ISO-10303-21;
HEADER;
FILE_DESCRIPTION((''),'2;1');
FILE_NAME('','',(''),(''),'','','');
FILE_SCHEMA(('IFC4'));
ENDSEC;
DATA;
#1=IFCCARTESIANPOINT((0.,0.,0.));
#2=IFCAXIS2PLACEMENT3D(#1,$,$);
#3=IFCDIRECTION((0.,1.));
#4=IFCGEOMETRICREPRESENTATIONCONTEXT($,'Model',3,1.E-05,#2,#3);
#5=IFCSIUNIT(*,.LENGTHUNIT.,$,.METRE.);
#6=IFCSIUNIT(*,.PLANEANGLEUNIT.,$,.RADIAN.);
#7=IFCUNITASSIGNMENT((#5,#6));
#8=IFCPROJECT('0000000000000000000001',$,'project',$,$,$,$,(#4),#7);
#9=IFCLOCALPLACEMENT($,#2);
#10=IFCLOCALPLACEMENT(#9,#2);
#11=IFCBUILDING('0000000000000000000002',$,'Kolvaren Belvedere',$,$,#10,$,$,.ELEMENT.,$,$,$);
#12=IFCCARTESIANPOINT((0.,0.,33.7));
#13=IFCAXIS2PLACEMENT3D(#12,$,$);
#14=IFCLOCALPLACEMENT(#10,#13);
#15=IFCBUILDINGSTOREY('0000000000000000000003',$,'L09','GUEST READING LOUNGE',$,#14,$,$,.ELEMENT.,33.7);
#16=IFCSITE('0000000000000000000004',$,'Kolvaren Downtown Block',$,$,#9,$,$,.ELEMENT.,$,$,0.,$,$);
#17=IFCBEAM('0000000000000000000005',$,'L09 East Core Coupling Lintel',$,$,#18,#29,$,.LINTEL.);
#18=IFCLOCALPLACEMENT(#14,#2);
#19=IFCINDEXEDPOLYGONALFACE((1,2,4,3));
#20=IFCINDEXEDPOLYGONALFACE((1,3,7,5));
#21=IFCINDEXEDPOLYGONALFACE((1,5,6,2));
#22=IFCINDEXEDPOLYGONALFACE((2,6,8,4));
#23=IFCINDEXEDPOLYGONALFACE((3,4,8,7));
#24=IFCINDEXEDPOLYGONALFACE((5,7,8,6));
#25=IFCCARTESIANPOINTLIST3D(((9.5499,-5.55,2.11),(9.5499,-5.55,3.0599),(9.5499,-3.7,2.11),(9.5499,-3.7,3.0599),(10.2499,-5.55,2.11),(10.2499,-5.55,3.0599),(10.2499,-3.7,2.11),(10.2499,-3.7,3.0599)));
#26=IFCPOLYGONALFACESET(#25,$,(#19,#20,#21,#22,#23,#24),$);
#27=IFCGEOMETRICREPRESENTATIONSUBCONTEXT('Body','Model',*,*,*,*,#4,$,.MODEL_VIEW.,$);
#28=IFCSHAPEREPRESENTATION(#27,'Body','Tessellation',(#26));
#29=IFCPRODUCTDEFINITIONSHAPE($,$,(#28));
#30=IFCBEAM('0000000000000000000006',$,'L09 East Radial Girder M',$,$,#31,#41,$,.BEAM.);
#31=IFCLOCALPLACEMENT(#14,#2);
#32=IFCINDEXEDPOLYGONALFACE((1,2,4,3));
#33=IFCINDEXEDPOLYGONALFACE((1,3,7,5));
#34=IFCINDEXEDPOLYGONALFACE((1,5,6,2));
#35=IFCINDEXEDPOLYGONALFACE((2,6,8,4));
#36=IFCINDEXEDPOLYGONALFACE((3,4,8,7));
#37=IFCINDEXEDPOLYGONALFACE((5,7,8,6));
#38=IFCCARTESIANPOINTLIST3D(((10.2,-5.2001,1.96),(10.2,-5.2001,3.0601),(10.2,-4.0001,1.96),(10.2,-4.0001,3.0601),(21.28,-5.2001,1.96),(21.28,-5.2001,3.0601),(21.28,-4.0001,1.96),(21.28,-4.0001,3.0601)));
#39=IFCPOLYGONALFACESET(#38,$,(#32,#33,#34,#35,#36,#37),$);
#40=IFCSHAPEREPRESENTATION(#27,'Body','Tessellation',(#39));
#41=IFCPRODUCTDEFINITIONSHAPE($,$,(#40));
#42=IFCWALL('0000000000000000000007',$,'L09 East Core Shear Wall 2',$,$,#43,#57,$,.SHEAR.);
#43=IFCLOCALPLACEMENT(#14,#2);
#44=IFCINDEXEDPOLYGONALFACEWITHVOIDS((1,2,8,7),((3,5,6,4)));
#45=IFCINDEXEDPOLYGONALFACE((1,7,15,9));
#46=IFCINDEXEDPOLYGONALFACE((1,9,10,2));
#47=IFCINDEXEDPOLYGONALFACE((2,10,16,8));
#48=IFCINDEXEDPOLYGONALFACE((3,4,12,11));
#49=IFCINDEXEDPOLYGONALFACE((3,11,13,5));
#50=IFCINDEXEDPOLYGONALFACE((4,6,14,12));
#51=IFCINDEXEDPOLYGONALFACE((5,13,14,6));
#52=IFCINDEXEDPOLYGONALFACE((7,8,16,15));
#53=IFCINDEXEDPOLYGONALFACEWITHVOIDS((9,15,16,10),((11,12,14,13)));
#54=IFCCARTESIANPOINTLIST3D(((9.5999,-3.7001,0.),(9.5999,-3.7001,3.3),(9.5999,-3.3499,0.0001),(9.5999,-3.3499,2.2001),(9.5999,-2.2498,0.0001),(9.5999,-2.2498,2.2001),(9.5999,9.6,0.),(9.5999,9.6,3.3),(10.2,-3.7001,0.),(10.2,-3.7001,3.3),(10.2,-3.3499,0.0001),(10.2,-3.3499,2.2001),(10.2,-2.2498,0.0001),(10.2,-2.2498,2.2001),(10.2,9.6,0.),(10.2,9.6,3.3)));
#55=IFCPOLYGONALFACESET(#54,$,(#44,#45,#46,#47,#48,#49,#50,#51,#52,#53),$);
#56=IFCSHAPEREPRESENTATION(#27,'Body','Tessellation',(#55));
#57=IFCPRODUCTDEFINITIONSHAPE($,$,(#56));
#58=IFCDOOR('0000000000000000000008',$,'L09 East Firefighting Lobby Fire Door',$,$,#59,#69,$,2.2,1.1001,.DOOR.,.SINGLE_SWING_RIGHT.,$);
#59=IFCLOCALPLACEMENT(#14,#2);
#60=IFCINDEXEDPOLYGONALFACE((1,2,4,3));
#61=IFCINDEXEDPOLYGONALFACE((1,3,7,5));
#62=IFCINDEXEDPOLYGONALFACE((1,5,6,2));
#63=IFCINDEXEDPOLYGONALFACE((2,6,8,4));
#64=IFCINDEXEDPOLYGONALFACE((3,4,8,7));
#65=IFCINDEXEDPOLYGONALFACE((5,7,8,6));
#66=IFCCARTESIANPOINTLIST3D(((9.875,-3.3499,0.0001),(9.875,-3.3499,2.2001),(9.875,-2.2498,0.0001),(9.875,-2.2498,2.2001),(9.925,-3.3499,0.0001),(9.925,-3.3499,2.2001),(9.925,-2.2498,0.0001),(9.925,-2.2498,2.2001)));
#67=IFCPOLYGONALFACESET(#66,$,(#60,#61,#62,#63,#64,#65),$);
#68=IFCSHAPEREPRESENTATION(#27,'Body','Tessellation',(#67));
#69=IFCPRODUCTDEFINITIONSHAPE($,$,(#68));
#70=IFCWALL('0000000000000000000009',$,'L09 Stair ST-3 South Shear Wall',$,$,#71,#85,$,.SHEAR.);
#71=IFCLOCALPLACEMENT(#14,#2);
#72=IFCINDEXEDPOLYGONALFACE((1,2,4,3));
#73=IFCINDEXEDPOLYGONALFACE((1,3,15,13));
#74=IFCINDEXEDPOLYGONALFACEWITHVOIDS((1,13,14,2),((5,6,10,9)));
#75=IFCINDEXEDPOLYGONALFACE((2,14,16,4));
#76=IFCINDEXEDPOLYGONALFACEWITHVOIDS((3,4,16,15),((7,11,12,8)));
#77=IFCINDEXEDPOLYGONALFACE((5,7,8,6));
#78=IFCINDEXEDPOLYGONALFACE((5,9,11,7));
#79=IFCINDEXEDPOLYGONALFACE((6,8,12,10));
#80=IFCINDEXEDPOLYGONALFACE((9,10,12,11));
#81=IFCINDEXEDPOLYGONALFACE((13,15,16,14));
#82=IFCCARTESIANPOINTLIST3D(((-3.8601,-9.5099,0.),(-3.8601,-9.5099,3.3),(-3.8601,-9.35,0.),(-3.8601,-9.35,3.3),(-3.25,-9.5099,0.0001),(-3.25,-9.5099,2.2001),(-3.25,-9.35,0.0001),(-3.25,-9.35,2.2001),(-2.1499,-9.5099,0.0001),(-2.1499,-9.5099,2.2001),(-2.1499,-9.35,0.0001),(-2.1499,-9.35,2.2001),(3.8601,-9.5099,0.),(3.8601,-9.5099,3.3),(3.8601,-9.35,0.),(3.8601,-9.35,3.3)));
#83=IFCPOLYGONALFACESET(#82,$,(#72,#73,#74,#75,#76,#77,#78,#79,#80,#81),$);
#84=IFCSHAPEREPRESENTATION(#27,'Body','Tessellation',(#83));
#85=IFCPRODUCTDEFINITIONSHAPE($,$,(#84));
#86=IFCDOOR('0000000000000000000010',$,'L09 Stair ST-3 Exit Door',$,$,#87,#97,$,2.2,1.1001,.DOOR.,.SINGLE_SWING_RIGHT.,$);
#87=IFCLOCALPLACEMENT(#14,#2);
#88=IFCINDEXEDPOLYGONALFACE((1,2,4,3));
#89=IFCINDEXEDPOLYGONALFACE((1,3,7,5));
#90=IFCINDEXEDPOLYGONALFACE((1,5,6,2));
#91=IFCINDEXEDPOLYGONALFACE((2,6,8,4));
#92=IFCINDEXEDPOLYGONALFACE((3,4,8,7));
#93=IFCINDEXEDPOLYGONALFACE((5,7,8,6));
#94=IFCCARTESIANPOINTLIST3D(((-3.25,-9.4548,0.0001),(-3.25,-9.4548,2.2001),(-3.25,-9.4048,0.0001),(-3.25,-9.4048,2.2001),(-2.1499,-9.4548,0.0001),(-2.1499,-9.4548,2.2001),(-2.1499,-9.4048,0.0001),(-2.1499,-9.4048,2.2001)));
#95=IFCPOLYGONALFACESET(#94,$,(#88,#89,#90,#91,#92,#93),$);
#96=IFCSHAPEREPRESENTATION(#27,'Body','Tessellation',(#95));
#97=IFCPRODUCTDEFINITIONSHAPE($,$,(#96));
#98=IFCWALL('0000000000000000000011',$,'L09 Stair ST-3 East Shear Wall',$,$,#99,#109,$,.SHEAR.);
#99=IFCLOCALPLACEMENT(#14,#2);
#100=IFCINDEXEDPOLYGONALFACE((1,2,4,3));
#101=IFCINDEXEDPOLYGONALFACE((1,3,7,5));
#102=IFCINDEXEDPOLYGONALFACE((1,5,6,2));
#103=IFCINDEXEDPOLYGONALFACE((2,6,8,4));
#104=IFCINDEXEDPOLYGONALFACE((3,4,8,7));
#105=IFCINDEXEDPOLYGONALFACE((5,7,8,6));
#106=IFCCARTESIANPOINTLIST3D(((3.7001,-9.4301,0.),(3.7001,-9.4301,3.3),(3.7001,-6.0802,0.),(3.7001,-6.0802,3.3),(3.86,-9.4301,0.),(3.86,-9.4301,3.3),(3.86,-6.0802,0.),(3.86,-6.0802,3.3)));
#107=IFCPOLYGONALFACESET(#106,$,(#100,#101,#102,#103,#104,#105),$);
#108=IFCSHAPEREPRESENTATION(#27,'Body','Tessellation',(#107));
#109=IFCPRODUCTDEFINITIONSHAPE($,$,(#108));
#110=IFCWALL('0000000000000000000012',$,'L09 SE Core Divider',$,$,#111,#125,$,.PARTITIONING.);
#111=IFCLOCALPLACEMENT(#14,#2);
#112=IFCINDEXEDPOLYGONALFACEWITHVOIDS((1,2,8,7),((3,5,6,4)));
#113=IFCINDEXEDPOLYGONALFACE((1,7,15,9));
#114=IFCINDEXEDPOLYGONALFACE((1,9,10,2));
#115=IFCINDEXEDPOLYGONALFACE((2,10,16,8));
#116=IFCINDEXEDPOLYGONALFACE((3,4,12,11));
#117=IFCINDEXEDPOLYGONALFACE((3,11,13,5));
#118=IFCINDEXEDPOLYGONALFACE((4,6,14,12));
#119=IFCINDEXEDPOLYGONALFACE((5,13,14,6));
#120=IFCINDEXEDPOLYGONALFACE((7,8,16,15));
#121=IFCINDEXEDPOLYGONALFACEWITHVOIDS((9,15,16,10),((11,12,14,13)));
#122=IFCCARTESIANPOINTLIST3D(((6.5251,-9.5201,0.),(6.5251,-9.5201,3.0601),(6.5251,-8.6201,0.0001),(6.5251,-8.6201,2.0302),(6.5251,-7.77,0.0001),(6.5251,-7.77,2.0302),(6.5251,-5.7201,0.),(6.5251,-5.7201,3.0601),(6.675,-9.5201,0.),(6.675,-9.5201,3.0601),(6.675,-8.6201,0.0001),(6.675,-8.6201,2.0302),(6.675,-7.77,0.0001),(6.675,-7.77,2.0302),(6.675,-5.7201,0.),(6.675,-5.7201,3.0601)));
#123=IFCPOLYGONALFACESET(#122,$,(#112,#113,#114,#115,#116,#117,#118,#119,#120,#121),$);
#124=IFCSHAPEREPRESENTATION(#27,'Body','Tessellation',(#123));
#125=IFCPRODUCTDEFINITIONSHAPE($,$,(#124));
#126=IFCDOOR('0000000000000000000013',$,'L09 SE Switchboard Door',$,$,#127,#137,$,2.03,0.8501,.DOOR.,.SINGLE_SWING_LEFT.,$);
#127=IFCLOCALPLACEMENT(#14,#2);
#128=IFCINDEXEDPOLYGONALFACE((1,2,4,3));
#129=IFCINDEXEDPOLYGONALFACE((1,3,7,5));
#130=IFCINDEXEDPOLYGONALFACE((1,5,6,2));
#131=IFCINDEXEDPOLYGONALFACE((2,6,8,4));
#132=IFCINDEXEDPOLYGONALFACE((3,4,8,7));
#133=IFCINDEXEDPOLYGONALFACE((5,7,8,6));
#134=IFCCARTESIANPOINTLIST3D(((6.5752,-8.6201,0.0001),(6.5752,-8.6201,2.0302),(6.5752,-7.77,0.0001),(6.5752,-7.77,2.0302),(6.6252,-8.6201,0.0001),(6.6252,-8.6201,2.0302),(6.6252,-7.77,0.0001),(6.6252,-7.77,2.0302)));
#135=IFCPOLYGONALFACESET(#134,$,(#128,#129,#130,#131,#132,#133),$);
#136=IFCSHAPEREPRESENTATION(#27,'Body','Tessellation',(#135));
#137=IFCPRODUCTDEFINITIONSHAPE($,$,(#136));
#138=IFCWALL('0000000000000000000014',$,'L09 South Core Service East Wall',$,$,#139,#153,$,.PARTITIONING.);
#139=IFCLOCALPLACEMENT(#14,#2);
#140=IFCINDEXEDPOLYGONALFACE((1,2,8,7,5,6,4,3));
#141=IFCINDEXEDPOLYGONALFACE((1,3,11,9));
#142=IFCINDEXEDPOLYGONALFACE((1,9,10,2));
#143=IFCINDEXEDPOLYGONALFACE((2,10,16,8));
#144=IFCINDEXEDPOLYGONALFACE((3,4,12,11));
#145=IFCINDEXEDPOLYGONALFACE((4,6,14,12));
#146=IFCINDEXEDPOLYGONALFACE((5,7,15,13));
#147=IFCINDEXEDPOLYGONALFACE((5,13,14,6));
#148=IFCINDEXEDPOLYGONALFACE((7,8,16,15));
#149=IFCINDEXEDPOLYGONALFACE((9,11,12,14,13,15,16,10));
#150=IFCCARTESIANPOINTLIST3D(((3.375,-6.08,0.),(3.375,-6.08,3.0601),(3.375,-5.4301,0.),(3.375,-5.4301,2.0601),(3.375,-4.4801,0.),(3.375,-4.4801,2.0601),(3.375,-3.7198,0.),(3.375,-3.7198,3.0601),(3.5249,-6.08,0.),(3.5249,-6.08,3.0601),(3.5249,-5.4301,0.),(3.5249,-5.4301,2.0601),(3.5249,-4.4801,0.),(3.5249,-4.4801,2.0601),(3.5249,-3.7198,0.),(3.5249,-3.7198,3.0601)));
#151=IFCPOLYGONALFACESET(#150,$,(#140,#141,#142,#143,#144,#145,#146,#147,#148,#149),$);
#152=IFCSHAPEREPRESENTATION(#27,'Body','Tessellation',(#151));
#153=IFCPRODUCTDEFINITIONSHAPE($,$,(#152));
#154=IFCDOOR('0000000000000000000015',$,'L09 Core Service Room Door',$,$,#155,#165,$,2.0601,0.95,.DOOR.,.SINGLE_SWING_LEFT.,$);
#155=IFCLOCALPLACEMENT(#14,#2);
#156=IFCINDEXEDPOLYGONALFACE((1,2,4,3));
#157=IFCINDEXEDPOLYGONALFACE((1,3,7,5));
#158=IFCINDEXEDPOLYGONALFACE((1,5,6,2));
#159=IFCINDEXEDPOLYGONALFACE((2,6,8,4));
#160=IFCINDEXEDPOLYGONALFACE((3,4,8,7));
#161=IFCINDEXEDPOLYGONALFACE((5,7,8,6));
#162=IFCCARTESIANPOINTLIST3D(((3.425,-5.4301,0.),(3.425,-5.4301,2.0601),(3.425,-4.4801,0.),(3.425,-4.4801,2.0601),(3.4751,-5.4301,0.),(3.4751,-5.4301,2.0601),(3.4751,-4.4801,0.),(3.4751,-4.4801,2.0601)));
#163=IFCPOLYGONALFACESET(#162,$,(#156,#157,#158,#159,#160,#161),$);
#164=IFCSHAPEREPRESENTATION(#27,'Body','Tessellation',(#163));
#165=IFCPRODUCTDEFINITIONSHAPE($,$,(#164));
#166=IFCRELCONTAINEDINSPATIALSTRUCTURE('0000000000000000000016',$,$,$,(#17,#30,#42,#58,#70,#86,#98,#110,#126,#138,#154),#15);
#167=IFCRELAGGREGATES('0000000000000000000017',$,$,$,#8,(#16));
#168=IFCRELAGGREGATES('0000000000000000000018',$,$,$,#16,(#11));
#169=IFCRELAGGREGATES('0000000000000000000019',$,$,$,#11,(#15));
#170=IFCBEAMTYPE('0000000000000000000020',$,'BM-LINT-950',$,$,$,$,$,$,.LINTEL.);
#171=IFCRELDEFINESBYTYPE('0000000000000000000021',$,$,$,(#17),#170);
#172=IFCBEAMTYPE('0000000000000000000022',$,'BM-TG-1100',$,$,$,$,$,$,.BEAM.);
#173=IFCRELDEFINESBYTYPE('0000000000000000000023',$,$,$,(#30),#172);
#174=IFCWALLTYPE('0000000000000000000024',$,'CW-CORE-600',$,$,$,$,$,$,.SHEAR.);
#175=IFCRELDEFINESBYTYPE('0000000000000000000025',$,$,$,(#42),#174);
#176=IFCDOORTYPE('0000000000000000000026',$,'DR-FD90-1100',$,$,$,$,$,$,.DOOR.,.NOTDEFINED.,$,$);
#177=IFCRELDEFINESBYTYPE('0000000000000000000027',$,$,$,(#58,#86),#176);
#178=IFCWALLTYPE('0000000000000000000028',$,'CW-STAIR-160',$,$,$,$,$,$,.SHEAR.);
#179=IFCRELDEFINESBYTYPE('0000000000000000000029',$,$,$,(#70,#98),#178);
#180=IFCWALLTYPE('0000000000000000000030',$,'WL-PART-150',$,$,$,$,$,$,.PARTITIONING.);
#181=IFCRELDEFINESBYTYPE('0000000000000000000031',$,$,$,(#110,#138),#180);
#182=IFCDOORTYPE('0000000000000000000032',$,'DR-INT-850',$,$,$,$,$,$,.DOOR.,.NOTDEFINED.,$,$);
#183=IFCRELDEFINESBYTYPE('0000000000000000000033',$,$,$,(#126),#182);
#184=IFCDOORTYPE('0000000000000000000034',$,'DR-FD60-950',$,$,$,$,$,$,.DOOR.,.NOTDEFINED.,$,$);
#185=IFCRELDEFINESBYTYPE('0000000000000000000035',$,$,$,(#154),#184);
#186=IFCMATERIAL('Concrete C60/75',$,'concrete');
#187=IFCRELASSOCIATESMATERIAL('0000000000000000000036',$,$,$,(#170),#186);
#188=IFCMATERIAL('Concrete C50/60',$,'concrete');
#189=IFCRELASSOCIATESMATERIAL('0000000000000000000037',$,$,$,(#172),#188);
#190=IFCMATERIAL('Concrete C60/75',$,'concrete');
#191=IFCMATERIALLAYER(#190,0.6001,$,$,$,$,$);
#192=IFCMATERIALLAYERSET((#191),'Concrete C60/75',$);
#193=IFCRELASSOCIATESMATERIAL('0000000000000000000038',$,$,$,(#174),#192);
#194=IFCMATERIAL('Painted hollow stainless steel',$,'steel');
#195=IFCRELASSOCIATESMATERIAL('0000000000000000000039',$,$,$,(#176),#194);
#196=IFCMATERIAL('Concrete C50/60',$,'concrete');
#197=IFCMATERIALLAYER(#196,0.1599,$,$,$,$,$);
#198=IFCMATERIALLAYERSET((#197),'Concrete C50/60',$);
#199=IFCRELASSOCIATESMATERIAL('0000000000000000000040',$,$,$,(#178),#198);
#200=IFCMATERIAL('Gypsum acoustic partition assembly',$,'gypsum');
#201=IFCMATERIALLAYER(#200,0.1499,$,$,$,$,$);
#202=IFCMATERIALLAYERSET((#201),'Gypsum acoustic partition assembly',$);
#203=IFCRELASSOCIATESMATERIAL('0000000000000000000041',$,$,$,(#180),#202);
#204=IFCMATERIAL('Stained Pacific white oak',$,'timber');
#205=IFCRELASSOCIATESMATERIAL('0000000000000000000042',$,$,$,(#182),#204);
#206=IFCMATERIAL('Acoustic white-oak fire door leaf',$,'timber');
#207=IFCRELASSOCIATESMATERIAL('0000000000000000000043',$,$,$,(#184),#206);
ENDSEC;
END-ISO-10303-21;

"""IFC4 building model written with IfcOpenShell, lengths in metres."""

from ifc_helpers import new_model, si_unit, direction, frame, frame_2d, origin, origin_2d, place, context, subcontext, project, spatial, rectangle, extrude, material, layer, layer_set, material_profile, profile_set, type_object, element, fill, save


model = new_model("IFC4")

# Units and contexts
model_context = context("Model", 3, precision=1e-05, world=origin(), true_north=direction((0.0, 1.0)))
body_context = subcontext(model_context, "Body", "Model", "MODEL_VIEW")
ifc_project = project(units=[si_unit("LENGTHUNIT", "METRE"), si_unit("PLANEANGLEUNIT", "RADIAN")], contexts=[model_context])

# Site, building, storey
site_placement = place(None, origin())
site = spatial("IfcSite", under=ifc_project, at=site_placement, Name="Kolvaren Downtown Block", CompositionType="ELEMENT", RefElevation=0.0)
building_placement = place(site_placement, origin())
building = spatial("IfcBuilding", under=site, at=building_placement, Name="Kolvaren Belvedere", CompositionType="ELEMENT")
storey_placement = place(building_placement, frame((0.0, 0.0, 33.7)))
storey = spatial("IfcBuildingStorey", under=building, at=storey_placement, Name="L09", Description="GUEST READING LOUNGE", CompositionType="ELEMENT", Elevation=33.7)

# Beams
ifc_material_1 = material(Name="Concrete C60/75", Category="concrete")
ifc_material_profile_1 = material_profile(ifc_material_1, rectangle(XDim=0.7, YDim=0.95, at=origin_2d()), Name="RC 700X950")
ifc_profile_set_1 = profile_set([ifc_material_profile_1], Name="Concrete C60/75")
beam_type_1 = type_object("IfcBeamType", Name="BM-LINT-950", PredefinedType="LINTEL", material=ifc_profile_set_1)
beam_1_placement = place(storey_placement, frame((9.8999, -5.55, 2.585), z_axis=(0.0, 1.0, 0.0), x_axis=(-1.0, 0.0, 0.0)))
element("IfcBeam", 1, at=beam_1_placement, inside=storey, type_object=beam_type_1, Name="L09 East Core Coupling Lintel", PredefinedType="LINTEL", context=body_context, shape_type="SweptSolid", body=[
    extrude(rectangle(XDim=0.7, YDim=0.95, at=origin_2d()), origin(), (0.0, 0.0, 1.0), 1.8501),
])
ifc_material_2 = material(Name="Concrete C50/60", Category="concrete")
ifc_material_profile_2 = material_profile(ifc_material_2, rectangle(XDim=1.2, YDim=1.1001, at=origin_2d()), Name="RC 1200X1100")
ifc_profile_set_2 = profile_set([ifc_material_profile_2], Name="Concrete C50/60")
beam_type_2 = type_object("IfcBeamType", Name="BM-TG-1100", PredefinedType="BEAM", material=ifc_profile_set_2)
beam_2_placement = place(storey_placement, frame((10.2, -4.6001, 2.51), z_axis=(1.0, 0.0, 0.0), x_axis=(0.0, 1.0, 0.0)))
element("IfcBeam", 2, at=beam_2_placement, inside=storey, type_object=beam_type_2, Name="L09 East Radial Girder M", PredefinedType="BEAM", context=body_context, shape_type="SweptSolid", body=[
    extrude(rectangle(XDim=1.2, YDim=1.1001, at=origin_2d()), origin(), (0.0, 0.0, 1.0), 11.0801),
])

# Walls, openings, doors
ifc_material_3 = material(Name="Concrete C60/75", Category="concrete")
ifc_layer_1 = layer(ifc_material_3, 0.6001)
ifc_layer_set_1 = layer_set([ifc_layer_1], Name="Concrete C60/75")
wall_type_1 = type_object("IfcWallType", Name="CW-CORE-600", PredefinedType="SHEAR", material=ifc_layer_set_1)
wall_1_placement = place(storey_placement, frame((9.8999, -3.7, 0.0), z_axis=(0.0, 0.0, 1.0), x_axis=(0.0, 1.0, 0.0)))
wall_1 = element("IfcWall", 3, at=wall_1_placement, inside=storey, type_object=wall_type_1, Name="L09 East Core Shear Wall 2", PredefinedType="SHEAR", context=body_context, shape_type="SweptSolid", body=[
    extrude(rectangle(XDim=13.3, YDim=0.6001, at=frame_2d((6.6499, 0.0))), origin(), (0.0, 0.0, 1.0), 3.3),
])
opening_1_placement = place(wall_1_placement, frame((0.3501, 0.0, 0.0)))
opening_1 = element("IfcOpeningElement", 4, at=opening_1_placement, cuts=wall_1, PredefinedType="OPENING", context=body_context, shape_type="SweptSolid", body=[
    extrude(rectangle(XDim=1.1001, YDim=2.2, at=frame_2d((0.55, 1.1001))), frame((0.0, 0.3101, 0.0), z_axis=(0.0, -1.0, 0.0), x_axis=(1.0, 0.0, 0.0)), (0.0, 0.0, 1.0), 0.6201),
])
ifc_material_4 = material(Name="Painted hollow stainless steel", Category="steel")
door_type_1 = type_object("IfcDoorType", Name="DR-FD90-1100", OperationType="NOTDEFINED", PredefinedType="DOOR", material=ifc_material_4)
door_1_placement = place(opening_1_placement, origin())
door_1 = element("IfcDoor", 5, at=door_1_placement, inside=storey, type_object=door_type_1, Name="L09 East Firefighting Lobby Fire Door", OperationType="SINGLE_SWING_RIGHT", OverallHeight=2.2, OverallWidth=1.1001, PredefinedType="DOOR", context=body_context, shape_type="SweptSolid", body=[
    extrude(rectangle(XDim=1.1001, YDim=2.2, at=frame_2d((0.55, 1.1001))), frame((0.0, 0.0249, 0.0), z_axis=(0.0, -1.0, 0.0), x_axis=(1.0, 0.0, 0.0)), (0.0, 0.0, 1.0), 0.05),
])
fill(opening_1, door_1)
ifc_material_5 = material(Name="Concrete C50/60", Category="concrete")
ifc_layer_2 = layer(ifc_material_5, 0.1599)
ifc_layer_set_2 = layer_set([ifc_layer_2], Name="Concrete C50/60")
wall_type_2 = type_object("IfcWallType", Name="CW-STAIR-160", PredefinedType="SHEAR", material=ifc_layer_set_2)
wall_2_placement = place(storey_placement, frame((3.8601, -9.4299, 0.0), z_axis=(0.0, 0.0, 1.0), x_axis=(-1.0, 0.0, 0.0)))
wall_2 = element("IfcWall", 6, at=wall_2_placement, inside=storey, type_object=wall_type_2, Name="L09 Stair ST-3 South Shear Wall", PredefinedType="SHEAR", context=body_context, shape_type="SweptSolid", body=[
    extrude(rectangle(XDim=7.7202, YDim=0.1599, at=frame_2d((3.8601, 0.0))), origin(), (0.0, 0.0, 1.0), 3.3),
])
opening_2_placement = place(wall_2_placement, frame((6.01, 0.0, 0.0)))
opening_2 = element("IfcOpeningElement", 7, at=opening_2_placement, cuts=wall_2, PredefinedType="OPENING", context=body_context, shape_type="SweptSolid", body=[
    extrude(rectangle(XDim=1.1001, YDim=2.2, at=frame_2d((0.55, 1.1001))), frame((0.0, 0.0898, 0.0), z_axis=(0.0, -1.0, 0.0), x_axis=(1.0, 0.0, 0.0)), (0.0, 0.0, 1.0), 0.1799),
])
door_2_placement = place(opening_2_placement, origin())
door_2 = element("IfcDoor", 8, at=door_2_placement, inside=storey, type_object=door_type_1, Name="L09 Stair ST-3 Exit Door", OperationType="SINGLE_SWING_RIGHT", OverallHeight=2.2, OverallWidth=1.1001, PredefinedType="DOOR", context=body_context, shape_type="SweptSolid", body=[
    extrude(rectangle(XDim=1.1001, YDim=2.2, at=frame_2d((0.55, 1.1001))), frame((0.0, 0.0249, 0.0), z_axis=(0.0, -1.0, 0.0), x_axis=(1.0, 0.0, 0.0)), (0.0, 0.0, 1.0), 0.05),
])
fill(opening_2, door_2)

# Wall
wall_3_placement = place(storey_placement, frame((3.78, -9.4299, 0.0), z_axis=(0.0, 0.0, 1.0), x_axis=(0.0, 1.0, 0.0)))
element("IfcWall", 9, at=wall_3_placement, inside=storey, type_object=wall_type_2, Name="L09 Stair ST-3 East Shear Wall", PredefinedType="SHEAR", context=body_context, shape_type="SweptSolid", body=[
    extrude(rectangle(XDim=3.3499, YDim=0.1599, at=frame_2d((1.6748, 0.0))), origin(), (0.0, 0.0, 1.0), 3.3),
])

# Walls, openings, doors
ifc_material_6 = material(Name="Gypsum acoustic partition assembly", Category="gypsum")
ifc_layer_3 = layer(ifc_material_6, 0.1499)
ifc_layer_set_3 = layer_set([ifc_layer_3], Name="Gypsum acoustic partition assembly")
wall_type_3 = type_object("IfcWallType", Name="WL-PART-150", PredefinedType="PARTITIONING", material=ifc_layer_set_3)
wall_4_placement = place(storey_placement, frame((6.6001, -9.52, 0.0), z_axis=(0.0, 0.0, 1.0), x_axis=(0.0, 1.0, 0.0)))
wall_4 = element("IfcWall", 10, at=wall_4_placement, inside=storey, type_object=wall_type_3, Name="L09 SE Core Divider", PredefinedType="PARTITIONING", context=body_context, shape_type="SweptSolid", body=[
    extrude(rectangle(XDim=3.8, YDim=0.1499, at=frame_2d((1.8999, 0.0))), origin(), (0.0, 0.0, 1.0), 3.0601),
])
opening_3_placement = place(wall_4_placement, frame((0.8999, 0.0, 0.0)))
opening_3 = element("IfcOpeningElement", 11, at=opening_3_placement, cuts=wall_4, PredefinedType="OPENING", context=body_context, shape_type="SweptSolid", body=[
    extrude(rectangle(XDim=0.8501, YDim=2.03, at=frame_2d((0.425, 1.0151))), frame((0.0, 0.085, 0.0), z_axis=(0.0, -1.0, 0.0), x_axis=(1.0, 0.0, 0.0)), (0.0, 0.0, 1.0), 0.1699),
])
ifc_material_7 = material(Name="Stained Pacific white oak", Category="timber")
door_type_2 = type_object("IfcDoorType", Name="DR-INT-850", OperationType="NOTDEFINED", PredefinedType="DOOR", material=ifc_material_7)
door_3_placement = place(opening_3_placement, origin())
door_3 = element("IfcDoor", 12, at=door_3_placement, inside=storey, type_object=door_type_2, Name="L09 SE Switchboard Door", OperationType="SINGLE_SWING_LEFT", OverallHeight=2.03, OverallWidth=0.8501, PredefinedType="DOOR", context=body_context, shape_type="SweptSolid", body=[
    extrude(rectangle(XDim=0.8501, YDim=2.03, at=frame_2d((0.425, 1.0151))), frame((0.0, 0.0249, 0.0), z_axis=(0.0, -1.0, 0.0), x_axis=(1.0, 0.0, 0.0)), (0.0, 0.0, 1.0), 0.05),
])
fill(opening_3, door_3)
wall_5_placement = place(storey_placement, frame((3.45, -6.0801, 0.0), z_axis=(0.0, 0.0, 1.0), x_axis=(0.0, 1.0, 0.0)))
wall_5 = element("IfcWall", 13, at=wall_5_placement, inside=storey, type_object=wall_type_3, Name="L09 South Core Service East Wall", PredefinedType="PARTITIONING", context=body_context, shape_type="SweptSolid", body=[
    extrude(rectangle(XDim=2.3601, YDim=0.1499, at=frame_2d((1.1802, 0.0))), origin(), (0.0, 0.0, 1.0), 3.0601),
])
opening_4_placement = place(wall_5_placement, frame((0.6499, 0.0, 0.0)))
opening_4 = element("IfcOpeningElement", 14, at=opening_4_placement, cuts=wall_5, PredefinedType="OPENING", context=body_context, shape_type="SweptSolid", body=[
    extrude(rectangle(XDim=0.95, YDim=2.0601, at=frame_2d((0.4751, 1.03))), frame((0.0, 0.085, 0.0), z_axis=(0.0, -1.0, 0.0), x_axis=(1.0, 0.0, 0.0)), (0.0, 0.0, 1.0), 0.1699),
])
ifc_material_8 = material(Name="Acoustic white-oak fire door leaf", Category="timber")
door_type_3 = type_object("IfcDoorType", Name="DR-FD60-950", OperationType="NOTDEFINED", PredefinedType="DOOR", material=ifc_material_8)
door_4_placement = place(opening_4_placement, origin())
door_4 = element("IfcDoor", 15, at=door_4_placement, inside=storey, type_object=door_type_3, Name="L09 Core Service Room Door", OperationType="SINGLE_SWING_LEFT", OverallHeight=2.0601, OverallWidth=0.95, PredefinedType="DOOR", context=body_context, shape_type="SweptSolid", body=[
    extrude(rectangle(XDim=0.95, YDim=2.0601, at=frame_2d((0.4751, 1.03))), frame((0.0, 0.0249, 0.0), z_axis=(0.0, -1.0, 0.0), x_axis=(1.0, 0.0, 0.0)), (0.0, 0.0, 1.0), 0.05),
])
fill(opening_4, door_4)

save(model, "model.ifc")
